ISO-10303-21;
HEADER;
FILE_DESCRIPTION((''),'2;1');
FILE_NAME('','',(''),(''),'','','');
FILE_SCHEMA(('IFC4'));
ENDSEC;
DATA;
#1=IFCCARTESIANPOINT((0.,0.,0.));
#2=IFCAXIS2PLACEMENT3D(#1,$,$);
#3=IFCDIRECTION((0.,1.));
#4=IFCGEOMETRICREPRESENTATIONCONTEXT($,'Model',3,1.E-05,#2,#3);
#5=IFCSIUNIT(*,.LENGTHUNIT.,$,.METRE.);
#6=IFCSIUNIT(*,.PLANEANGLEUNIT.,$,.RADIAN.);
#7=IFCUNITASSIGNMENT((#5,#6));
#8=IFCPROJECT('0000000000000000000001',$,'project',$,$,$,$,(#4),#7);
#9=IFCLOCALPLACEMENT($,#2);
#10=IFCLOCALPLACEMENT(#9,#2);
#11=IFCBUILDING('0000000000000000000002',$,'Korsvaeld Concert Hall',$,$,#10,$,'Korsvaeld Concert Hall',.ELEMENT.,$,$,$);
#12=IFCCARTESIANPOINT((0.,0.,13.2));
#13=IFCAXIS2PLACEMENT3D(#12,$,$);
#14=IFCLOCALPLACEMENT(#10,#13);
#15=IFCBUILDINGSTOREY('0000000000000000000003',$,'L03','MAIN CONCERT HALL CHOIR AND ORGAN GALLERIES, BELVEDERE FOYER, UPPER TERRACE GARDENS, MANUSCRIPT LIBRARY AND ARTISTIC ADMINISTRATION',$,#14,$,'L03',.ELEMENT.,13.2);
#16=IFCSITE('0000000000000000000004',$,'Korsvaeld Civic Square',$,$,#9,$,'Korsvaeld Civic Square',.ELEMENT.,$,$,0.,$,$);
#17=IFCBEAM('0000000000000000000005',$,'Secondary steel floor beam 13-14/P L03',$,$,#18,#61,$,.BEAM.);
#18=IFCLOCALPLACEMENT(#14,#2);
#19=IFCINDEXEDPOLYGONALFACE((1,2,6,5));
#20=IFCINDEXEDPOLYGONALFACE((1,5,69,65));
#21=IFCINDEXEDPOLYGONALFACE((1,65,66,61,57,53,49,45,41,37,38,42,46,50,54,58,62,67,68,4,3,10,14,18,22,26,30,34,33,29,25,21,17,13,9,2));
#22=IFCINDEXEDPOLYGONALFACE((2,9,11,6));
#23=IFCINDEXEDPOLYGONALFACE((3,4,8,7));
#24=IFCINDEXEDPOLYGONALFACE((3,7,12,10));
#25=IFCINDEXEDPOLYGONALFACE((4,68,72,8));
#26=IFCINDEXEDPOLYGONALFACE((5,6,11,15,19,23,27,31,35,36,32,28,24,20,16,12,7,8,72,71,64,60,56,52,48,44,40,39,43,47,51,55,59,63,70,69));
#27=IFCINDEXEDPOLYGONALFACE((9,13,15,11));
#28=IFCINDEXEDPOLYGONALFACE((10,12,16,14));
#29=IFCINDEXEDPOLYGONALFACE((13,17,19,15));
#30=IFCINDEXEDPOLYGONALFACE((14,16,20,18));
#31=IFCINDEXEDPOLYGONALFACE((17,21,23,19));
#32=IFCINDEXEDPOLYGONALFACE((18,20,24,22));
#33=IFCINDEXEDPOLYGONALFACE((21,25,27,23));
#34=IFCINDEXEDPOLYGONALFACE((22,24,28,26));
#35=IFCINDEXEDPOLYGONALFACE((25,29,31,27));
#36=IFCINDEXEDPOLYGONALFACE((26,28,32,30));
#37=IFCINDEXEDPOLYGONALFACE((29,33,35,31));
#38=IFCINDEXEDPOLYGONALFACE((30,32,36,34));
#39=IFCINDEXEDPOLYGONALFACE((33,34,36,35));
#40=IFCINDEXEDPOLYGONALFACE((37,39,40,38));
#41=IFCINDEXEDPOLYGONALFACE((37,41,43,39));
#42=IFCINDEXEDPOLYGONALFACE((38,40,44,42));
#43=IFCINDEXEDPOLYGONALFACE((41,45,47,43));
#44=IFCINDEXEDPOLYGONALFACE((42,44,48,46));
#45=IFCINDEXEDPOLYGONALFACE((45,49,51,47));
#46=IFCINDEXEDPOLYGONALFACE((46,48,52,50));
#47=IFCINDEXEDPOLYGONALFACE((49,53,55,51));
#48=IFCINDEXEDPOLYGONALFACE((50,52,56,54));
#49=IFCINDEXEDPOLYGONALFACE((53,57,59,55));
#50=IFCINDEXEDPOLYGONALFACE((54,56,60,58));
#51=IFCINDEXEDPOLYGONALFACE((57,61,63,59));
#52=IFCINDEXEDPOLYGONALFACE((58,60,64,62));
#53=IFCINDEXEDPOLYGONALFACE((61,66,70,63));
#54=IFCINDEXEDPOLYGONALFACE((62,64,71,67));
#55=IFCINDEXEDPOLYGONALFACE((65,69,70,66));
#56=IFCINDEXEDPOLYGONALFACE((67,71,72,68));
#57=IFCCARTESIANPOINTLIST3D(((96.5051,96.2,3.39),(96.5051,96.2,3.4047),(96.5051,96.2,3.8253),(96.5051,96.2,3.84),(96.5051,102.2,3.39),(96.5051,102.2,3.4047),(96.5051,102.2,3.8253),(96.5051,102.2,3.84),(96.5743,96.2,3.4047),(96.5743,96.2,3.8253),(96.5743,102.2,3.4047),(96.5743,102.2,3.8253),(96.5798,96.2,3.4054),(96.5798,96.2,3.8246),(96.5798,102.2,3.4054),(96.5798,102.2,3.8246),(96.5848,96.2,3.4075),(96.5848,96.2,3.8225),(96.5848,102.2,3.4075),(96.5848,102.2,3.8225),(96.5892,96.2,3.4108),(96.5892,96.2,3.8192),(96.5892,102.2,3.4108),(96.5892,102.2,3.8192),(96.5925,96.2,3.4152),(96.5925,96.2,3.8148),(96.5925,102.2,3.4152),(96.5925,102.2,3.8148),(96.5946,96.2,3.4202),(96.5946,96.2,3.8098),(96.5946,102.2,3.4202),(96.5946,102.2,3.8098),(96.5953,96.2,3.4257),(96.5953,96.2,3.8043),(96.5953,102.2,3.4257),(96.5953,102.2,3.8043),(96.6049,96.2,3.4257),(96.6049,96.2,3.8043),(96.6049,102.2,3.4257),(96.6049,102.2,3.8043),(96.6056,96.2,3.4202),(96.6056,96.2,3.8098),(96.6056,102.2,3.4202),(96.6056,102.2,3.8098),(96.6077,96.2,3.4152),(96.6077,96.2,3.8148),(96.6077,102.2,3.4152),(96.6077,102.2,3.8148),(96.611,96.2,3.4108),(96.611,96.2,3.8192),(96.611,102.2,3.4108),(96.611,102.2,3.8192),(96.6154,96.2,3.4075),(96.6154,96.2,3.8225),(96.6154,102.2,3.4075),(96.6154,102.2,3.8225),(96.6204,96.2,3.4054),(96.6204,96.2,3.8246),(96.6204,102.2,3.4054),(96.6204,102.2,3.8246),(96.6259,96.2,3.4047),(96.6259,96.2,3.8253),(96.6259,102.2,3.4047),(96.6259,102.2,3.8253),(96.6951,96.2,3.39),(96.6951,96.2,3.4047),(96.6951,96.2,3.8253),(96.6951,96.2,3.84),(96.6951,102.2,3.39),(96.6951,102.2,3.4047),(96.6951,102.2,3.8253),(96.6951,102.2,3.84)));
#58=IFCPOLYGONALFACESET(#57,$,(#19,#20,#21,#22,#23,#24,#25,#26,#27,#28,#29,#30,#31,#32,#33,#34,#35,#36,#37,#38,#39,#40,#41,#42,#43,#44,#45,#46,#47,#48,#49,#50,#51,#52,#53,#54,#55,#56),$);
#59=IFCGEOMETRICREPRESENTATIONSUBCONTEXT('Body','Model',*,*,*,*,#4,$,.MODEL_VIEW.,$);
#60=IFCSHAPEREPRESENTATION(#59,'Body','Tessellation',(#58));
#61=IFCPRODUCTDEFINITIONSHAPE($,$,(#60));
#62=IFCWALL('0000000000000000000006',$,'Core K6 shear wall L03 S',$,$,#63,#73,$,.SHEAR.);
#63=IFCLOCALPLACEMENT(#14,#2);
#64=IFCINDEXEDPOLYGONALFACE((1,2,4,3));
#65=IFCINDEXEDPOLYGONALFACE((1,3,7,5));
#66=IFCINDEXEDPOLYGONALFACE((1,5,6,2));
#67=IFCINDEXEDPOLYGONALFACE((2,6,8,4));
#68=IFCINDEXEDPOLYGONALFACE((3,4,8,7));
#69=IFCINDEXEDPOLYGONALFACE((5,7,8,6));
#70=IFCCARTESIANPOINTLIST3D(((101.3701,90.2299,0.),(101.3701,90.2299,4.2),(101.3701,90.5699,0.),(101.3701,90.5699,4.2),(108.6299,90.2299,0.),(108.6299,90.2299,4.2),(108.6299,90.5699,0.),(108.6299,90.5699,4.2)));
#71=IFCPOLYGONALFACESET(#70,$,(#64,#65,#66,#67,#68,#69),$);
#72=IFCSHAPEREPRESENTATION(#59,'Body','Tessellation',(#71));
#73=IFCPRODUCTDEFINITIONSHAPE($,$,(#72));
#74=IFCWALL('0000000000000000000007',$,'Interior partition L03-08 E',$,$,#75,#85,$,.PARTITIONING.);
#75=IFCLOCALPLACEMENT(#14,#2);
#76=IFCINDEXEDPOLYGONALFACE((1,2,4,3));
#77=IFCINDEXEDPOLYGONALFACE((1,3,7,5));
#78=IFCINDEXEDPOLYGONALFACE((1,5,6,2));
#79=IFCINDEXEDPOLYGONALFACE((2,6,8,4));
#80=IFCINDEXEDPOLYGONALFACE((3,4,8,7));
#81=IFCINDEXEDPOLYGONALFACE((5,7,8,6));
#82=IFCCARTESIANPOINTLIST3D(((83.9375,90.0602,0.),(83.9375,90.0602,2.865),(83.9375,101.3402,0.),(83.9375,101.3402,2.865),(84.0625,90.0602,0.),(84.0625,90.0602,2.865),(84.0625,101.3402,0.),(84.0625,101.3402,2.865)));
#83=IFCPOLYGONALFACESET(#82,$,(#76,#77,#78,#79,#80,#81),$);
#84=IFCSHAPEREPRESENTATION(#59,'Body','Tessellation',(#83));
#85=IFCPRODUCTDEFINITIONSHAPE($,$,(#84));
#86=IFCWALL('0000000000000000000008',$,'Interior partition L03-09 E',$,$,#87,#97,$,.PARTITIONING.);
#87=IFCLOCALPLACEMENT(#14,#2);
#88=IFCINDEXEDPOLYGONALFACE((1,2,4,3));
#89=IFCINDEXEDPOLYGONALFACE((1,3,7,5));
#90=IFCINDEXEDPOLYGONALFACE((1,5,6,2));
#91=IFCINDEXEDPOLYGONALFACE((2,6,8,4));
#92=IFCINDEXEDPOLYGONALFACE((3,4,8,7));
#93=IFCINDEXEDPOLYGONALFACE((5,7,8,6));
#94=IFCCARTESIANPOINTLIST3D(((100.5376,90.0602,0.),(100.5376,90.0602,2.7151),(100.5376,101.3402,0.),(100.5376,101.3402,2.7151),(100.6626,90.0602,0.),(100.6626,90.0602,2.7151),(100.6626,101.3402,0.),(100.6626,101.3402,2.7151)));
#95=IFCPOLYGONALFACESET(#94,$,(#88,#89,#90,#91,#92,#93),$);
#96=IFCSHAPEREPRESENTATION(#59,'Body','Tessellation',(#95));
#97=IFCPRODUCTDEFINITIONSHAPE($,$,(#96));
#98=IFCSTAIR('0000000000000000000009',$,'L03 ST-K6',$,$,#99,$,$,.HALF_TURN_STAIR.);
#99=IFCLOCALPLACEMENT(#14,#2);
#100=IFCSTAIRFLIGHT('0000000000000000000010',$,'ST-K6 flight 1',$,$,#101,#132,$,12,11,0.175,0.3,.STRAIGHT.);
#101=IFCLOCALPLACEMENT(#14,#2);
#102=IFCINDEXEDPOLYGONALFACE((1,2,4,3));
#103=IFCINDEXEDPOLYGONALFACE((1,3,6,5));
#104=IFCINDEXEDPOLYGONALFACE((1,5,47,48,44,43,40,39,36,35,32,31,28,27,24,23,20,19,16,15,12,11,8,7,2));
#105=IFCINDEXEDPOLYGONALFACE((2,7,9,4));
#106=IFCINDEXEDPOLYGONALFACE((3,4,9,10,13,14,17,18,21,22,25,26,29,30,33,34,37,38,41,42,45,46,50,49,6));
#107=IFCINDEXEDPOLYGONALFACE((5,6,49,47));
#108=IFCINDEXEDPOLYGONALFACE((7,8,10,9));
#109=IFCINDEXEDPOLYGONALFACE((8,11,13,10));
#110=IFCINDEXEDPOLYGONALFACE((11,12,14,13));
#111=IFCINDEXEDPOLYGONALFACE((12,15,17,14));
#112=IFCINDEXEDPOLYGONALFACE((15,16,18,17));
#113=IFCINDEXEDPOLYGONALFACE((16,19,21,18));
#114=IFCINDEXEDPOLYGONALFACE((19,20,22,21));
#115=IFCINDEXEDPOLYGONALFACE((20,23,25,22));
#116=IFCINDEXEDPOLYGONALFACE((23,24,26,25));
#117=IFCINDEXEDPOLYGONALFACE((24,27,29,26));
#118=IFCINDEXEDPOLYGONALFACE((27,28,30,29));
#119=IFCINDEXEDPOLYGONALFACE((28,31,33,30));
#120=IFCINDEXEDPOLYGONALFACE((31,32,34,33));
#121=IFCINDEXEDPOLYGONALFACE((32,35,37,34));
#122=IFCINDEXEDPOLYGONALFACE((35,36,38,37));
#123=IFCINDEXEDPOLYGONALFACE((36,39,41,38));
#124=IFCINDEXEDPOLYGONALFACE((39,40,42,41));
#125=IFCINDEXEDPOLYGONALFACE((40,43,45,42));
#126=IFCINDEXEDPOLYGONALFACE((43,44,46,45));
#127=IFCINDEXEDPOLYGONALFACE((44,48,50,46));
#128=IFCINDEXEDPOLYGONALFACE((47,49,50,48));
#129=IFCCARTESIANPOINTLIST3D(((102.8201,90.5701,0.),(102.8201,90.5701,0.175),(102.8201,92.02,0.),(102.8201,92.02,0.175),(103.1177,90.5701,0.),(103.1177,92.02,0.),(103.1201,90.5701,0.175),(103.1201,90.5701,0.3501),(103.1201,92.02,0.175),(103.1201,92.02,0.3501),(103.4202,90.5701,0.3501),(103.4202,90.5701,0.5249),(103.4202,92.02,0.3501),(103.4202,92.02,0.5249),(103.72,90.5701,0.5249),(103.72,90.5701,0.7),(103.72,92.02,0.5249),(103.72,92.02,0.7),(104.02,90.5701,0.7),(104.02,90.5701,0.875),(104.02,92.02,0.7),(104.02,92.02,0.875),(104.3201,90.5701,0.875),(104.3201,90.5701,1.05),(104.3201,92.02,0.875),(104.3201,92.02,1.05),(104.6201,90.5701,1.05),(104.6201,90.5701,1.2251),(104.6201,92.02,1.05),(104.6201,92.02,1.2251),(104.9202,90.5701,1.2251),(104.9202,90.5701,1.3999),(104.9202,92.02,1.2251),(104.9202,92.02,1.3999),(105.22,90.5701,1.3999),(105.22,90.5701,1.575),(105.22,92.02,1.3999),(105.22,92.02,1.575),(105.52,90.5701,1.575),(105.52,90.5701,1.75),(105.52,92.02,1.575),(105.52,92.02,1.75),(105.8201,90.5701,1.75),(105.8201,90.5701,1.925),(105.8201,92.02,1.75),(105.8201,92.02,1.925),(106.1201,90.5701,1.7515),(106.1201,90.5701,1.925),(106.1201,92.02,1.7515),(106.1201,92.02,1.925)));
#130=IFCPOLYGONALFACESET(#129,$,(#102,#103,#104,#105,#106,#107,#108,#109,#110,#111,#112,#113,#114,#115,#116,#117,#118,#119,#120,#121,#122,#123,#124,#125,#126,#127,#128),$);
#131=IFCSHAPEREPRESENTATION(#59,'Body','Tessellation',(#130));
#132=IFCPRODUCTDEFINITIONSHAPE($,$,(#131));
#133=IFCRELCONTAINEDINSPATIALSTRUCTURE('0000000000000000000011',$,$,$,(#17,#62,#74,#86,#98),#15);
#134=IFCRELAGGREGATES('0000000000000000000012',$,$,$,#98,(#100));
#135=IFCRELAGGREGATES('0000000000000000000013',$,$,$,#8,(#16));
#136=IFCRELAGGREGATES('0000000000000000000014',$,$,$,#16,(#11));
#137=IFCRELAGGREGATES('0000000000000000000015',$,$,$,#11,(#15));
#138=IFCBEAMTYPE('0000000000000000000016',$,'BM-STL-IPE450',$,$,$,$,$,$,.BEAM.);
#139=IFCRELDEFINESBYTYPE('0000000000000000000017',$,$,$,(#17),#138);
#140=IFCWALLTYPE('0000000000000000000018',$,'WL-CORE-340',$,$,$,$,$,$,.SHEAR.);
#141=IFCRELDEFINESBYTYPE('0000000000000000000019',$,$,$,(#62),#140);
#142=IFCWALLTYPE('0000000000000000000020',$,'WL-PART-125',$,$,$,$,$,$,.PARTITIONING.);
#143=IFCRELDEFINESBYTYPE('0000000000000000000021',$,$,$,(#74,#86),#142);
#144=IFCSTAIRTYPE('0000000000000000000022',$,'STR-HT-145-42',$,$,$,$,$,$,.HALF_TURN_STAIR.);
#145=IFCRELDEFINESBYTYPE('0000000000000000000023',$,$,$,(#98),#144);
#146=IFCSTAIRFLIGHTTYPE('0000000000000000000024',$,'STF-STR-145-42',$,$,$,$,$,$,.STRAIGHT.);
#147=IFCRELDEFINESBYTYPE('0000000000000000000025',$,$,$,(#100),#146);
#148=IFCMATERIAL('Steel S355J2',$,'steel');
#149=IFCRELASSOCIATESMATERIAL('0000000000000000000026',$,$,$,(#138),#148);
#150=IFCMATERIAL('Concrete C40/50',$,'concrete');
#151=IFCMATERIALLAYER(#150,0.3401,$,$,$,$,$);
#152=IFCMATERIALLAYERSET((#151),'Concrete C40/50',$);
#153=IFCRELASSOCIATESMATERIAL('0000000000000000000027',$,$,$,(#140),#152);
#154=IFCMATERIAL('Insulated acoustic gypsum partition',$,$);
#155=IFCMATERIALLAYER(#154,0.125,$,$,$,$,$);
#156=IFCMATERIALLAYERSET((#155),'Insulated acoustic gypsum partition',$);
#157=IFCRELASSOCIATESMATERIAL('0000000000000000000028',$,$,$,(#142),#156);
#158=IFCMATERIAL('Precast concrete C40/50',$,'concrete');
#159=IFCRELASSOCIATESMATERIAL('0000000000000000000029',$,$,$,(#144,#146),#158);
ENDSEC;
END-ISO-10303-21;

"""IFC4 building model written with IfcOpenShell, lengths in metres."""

from ifc_helpers import new_model, si_unit, direction, frame, frame_2d, origin, origin_2d, place, context, subcontext, project, spatial, polyline, rectangle, i_section, outline, extrude, material, layer, layer_set, material_profile, profile_set, type_object, element, aggregate, save


model = new_model("IFC4")

# Units and contexts
model_context = context("Model", 3, precision=1e-05, world=origin(), true_north=direction((0.0, 1.0)))
body_context = subcontext(model_context, "Body", "Model", "MODEL_VIEW")
ifc_project = project(units=[si_unit("LENGTHUNIT", "METRE"), si_unit("PLANEANGLEUNIT", "RADIAN")], contexts=[model_context])

# Site, building, storey
site_placement = place(None, origin())
site = spatial("IfcSite", under=ifc_project, at=site_placement, Name="Korsvaeld Civic Square", LongName="Korsvaeld Civic Square", CompositionType="ELEMENT", RefElevation=0.0)
building_placement = place(site_placement, origin())
building = spatial("IfcBuilding", under=site, at=building_placement, Name="Korsvaeld Concert Hall", LongName="Korsvaeld Concert Hall", CompositionType="ELEMENT")
storey_placement = place(building_placement, frame((0.0, 0.0, 13.2)))
storey = spatial("IfcBuildingStorey", under=building, at=storey_placement, Name="L03", Description="MAIN CONCERT HALL CHOIR AND ORGAN GALLERIES, BELVEDERE FOYER, UPPER TERRACE GARDENS, MANUSCRIPT LIBRARY AND ARTISTIC ADMINISTRATION", LongName="L03", CompositionType="ELEMENT", Elevation=13.2)

# Shared definitions
ifc_material_1 = material(Name="Concrete C40/50", Category="concrete")

# Beam
ifc_material_2 = material(Name="Steel S355J2", Category="steel")
ifc_material_profile_1 = material_profile(ifc_material_2, i_section(OverallWidth=0.1899, OverallDepth=0.45, WebThickness=0.0095, FlangeThickness=0.0146, FilletRadius=0.021, at=origin_2d()), Name="IPE 450")
ifc_profile_set_1 = profile_set([ifc_material_profile_1], Name="Steel S355J2")
beam_type_1 = type_object("IfcBeamType", Name="BM-STL-IPE450", PredefinedType="BEAM", material=ifc_profile_set_1)
beam_1_placement = place(storey_placement, frame((96.6001, 96.2, 3.615), z_axis=(0.0, 1.0, 0.0), x_axis=(-1.0, 0.0, 0.0)))
element("IfcBeam", 1, at=beam_1_placement, inside=storey, type_object=beam_type_1, Name="Secondary steel floor beam 13-14/P L03", PredefinedType="BEAM", context=body_context, shape_type="SweptSolid", body=[
    extrude(i_section(OverallWidth=0.1899, OverallDepth=0.45, WebThickness=0.0095, FlangeThickness=0.0146, FilletRadius=0.021, at=origin_2d()), origin(), (0.0, 0.0, 1.0), 6.0),
])

# Wall
ifc_layer_1 = layer(ifc_material_1, 0.3401)
ifc_layer_set_1 = layer_set([ifc_layer_1], Name="Concrete C40/50")
wall_type_1 = type_object("IfcWallType", Name="WL-CORE-340", PredefinedType="SHEAR", material=ifc_layer_set_1)
wall_1_placement = place(storey_placement, frame((101.3701, 90.3999, 0.0), z_axis=(0.0, 0.0, 1.0), x_axis=(1.0, 0.0, 0.0)))
element("IfcWall", 2, at=wall_1_placement, inside=storey, type_object=wall_type_1, Name="Core K6 shear wall L03 S", PredefinedType="SHEAR", context=body_context, shape_type="SweptSolid", body=[
    extrude(rectangle(XDim=7.2598, YDim=0.3401, at=frame_2d((3.6299, 0.0))), origin(), (0.0, 0.0, 1.0), 4.2),
])

# Walls
ifc_material_3 = material(Name="Insulated acoustic gypsum partition")
ifc_layer_2 = layer(ifc_material_3, 0.125)
ifc_layer_set_2 = layer_set([ifc_layer_2], Name="Insulated acoustic gypsum partition")
wall_type_2 = type_object("IfcWallType", Name="WL-PART-125", PredefinedType="PARTITIONING", material=ifc_layer_set_2)
wall_2_placement = place(storey_placement, frame((84.0, 90.0601, 0.0), z_axis=(0.0, 0.0, 1.0), x_axis=(0.0, 1.0, 0.0)))
element("IfcWall", 3, at=wall_2_placement, inside=storey, type_object=wall_type_2, Name="Interior partition L03-08 E", PredefinedType="PARTITIONING", context=body_context, shape_type="SweptSolid", body=[
    extrude(rectangle(XDim=11.28, YDim=0.125, at=frame_2d((5.6401, 0.0))), origin(), (0.0, 0.0, 1.0), 2.865),
])
wall_3_placement = place(storey_placement, frame((100.6001, 90.0601, 0.0), z_axis=(0.0, 0.0, 1.0), x_axis=(0.0, 1.0, 0.0)))
element("IfcWall", 4, at=wall_3_placement, inside=storey, type_object=wall_type_2, Name="Interior partition L03-09 E", PredefinedType="PARTITIONING", context=body_context, shape_type="SweptSolid", body=[
    extrude(rectangle(XDim=11.28, YDim=0.125, at=frame_2d((5.6401, 0.0))), origin(), (0.0, 0.0, 1.0), 2.7151),
])

# Stair, stair flight
ifc_material_4 = material(Name="Precast concrete C40/50", Category="concrete")
stair_type = type_object("IfcStairType", Name="STR-HT-145-42", PredefinedType="HALF_TURN_STAIR", material=ifc_material_4)
stair_placement = place(storey_placement, origin())
stair = element("IfcStair", 5, at=stair_placement, inside=storey, type_object=stair_type, Name="L03 ST-K6", PredefinedType="HALF_TURN_STAIR")
stair_flight_type = type_object("IfcStairFlightType", Name="STF-STR-145-42", PredefinedType="STRAIGHT", material=ifc_material_4)
stair_flight_placement = place(storey_placement, frame((102.8201, 91.2949, 0.0), z_axis=(0.0, 0.0, 1.0), x_axis=(1.0, 0.0, 0.0)))
stair_flight = element("IfcStairFlight", 6, at=stair_flight_placement, type_object=stair_flight_type, Name="ST-K6 flight 1", NumberOfRisers=12, NumberOfTreads=11, PredefinedType="STRAIGHT", RiserHeight=0.175, TreadLength=0.3, context=body_context, shape_type="SweptSolid", body=[
    extrude(outline(polyline([(0.0, 0.0), (0.0, 0.175), (0.3, 0.175), (0.3, 0.3501), (0.6001, 0.3501), (0.6001, 0.5249), (0.8999, 0.5249), (0.8999, 0.7), (1.2, 0.7), (1.2, 0.875), (1.5, 0.875), (1.5, 1.05), (1.8, 1.05), (1.8, 1.2251), (2.1001, 1.2251), (2.1001, 1.3999), (2.3999, 1.3999), (2.3999, 1.575), (2.7, 1.575), (2.7, 1.75), (3.0, 1.75), (3.0, 1.925), (3.3, 1.925), (3.3, 2.1001), (3.3, 1.7515), (0.2976, 0.0), (0.0, 0.0)])), frame((0.0, 0.7251, 0.0), z_axis=(0.0, -1.0, 0.0), x_axis=(1.0, 0.0, 0.0)), (0.0, 0.0, 1.0), 1.45),
])
aggregate(stair, [stair_flight])

save(model, "model.ifc")
